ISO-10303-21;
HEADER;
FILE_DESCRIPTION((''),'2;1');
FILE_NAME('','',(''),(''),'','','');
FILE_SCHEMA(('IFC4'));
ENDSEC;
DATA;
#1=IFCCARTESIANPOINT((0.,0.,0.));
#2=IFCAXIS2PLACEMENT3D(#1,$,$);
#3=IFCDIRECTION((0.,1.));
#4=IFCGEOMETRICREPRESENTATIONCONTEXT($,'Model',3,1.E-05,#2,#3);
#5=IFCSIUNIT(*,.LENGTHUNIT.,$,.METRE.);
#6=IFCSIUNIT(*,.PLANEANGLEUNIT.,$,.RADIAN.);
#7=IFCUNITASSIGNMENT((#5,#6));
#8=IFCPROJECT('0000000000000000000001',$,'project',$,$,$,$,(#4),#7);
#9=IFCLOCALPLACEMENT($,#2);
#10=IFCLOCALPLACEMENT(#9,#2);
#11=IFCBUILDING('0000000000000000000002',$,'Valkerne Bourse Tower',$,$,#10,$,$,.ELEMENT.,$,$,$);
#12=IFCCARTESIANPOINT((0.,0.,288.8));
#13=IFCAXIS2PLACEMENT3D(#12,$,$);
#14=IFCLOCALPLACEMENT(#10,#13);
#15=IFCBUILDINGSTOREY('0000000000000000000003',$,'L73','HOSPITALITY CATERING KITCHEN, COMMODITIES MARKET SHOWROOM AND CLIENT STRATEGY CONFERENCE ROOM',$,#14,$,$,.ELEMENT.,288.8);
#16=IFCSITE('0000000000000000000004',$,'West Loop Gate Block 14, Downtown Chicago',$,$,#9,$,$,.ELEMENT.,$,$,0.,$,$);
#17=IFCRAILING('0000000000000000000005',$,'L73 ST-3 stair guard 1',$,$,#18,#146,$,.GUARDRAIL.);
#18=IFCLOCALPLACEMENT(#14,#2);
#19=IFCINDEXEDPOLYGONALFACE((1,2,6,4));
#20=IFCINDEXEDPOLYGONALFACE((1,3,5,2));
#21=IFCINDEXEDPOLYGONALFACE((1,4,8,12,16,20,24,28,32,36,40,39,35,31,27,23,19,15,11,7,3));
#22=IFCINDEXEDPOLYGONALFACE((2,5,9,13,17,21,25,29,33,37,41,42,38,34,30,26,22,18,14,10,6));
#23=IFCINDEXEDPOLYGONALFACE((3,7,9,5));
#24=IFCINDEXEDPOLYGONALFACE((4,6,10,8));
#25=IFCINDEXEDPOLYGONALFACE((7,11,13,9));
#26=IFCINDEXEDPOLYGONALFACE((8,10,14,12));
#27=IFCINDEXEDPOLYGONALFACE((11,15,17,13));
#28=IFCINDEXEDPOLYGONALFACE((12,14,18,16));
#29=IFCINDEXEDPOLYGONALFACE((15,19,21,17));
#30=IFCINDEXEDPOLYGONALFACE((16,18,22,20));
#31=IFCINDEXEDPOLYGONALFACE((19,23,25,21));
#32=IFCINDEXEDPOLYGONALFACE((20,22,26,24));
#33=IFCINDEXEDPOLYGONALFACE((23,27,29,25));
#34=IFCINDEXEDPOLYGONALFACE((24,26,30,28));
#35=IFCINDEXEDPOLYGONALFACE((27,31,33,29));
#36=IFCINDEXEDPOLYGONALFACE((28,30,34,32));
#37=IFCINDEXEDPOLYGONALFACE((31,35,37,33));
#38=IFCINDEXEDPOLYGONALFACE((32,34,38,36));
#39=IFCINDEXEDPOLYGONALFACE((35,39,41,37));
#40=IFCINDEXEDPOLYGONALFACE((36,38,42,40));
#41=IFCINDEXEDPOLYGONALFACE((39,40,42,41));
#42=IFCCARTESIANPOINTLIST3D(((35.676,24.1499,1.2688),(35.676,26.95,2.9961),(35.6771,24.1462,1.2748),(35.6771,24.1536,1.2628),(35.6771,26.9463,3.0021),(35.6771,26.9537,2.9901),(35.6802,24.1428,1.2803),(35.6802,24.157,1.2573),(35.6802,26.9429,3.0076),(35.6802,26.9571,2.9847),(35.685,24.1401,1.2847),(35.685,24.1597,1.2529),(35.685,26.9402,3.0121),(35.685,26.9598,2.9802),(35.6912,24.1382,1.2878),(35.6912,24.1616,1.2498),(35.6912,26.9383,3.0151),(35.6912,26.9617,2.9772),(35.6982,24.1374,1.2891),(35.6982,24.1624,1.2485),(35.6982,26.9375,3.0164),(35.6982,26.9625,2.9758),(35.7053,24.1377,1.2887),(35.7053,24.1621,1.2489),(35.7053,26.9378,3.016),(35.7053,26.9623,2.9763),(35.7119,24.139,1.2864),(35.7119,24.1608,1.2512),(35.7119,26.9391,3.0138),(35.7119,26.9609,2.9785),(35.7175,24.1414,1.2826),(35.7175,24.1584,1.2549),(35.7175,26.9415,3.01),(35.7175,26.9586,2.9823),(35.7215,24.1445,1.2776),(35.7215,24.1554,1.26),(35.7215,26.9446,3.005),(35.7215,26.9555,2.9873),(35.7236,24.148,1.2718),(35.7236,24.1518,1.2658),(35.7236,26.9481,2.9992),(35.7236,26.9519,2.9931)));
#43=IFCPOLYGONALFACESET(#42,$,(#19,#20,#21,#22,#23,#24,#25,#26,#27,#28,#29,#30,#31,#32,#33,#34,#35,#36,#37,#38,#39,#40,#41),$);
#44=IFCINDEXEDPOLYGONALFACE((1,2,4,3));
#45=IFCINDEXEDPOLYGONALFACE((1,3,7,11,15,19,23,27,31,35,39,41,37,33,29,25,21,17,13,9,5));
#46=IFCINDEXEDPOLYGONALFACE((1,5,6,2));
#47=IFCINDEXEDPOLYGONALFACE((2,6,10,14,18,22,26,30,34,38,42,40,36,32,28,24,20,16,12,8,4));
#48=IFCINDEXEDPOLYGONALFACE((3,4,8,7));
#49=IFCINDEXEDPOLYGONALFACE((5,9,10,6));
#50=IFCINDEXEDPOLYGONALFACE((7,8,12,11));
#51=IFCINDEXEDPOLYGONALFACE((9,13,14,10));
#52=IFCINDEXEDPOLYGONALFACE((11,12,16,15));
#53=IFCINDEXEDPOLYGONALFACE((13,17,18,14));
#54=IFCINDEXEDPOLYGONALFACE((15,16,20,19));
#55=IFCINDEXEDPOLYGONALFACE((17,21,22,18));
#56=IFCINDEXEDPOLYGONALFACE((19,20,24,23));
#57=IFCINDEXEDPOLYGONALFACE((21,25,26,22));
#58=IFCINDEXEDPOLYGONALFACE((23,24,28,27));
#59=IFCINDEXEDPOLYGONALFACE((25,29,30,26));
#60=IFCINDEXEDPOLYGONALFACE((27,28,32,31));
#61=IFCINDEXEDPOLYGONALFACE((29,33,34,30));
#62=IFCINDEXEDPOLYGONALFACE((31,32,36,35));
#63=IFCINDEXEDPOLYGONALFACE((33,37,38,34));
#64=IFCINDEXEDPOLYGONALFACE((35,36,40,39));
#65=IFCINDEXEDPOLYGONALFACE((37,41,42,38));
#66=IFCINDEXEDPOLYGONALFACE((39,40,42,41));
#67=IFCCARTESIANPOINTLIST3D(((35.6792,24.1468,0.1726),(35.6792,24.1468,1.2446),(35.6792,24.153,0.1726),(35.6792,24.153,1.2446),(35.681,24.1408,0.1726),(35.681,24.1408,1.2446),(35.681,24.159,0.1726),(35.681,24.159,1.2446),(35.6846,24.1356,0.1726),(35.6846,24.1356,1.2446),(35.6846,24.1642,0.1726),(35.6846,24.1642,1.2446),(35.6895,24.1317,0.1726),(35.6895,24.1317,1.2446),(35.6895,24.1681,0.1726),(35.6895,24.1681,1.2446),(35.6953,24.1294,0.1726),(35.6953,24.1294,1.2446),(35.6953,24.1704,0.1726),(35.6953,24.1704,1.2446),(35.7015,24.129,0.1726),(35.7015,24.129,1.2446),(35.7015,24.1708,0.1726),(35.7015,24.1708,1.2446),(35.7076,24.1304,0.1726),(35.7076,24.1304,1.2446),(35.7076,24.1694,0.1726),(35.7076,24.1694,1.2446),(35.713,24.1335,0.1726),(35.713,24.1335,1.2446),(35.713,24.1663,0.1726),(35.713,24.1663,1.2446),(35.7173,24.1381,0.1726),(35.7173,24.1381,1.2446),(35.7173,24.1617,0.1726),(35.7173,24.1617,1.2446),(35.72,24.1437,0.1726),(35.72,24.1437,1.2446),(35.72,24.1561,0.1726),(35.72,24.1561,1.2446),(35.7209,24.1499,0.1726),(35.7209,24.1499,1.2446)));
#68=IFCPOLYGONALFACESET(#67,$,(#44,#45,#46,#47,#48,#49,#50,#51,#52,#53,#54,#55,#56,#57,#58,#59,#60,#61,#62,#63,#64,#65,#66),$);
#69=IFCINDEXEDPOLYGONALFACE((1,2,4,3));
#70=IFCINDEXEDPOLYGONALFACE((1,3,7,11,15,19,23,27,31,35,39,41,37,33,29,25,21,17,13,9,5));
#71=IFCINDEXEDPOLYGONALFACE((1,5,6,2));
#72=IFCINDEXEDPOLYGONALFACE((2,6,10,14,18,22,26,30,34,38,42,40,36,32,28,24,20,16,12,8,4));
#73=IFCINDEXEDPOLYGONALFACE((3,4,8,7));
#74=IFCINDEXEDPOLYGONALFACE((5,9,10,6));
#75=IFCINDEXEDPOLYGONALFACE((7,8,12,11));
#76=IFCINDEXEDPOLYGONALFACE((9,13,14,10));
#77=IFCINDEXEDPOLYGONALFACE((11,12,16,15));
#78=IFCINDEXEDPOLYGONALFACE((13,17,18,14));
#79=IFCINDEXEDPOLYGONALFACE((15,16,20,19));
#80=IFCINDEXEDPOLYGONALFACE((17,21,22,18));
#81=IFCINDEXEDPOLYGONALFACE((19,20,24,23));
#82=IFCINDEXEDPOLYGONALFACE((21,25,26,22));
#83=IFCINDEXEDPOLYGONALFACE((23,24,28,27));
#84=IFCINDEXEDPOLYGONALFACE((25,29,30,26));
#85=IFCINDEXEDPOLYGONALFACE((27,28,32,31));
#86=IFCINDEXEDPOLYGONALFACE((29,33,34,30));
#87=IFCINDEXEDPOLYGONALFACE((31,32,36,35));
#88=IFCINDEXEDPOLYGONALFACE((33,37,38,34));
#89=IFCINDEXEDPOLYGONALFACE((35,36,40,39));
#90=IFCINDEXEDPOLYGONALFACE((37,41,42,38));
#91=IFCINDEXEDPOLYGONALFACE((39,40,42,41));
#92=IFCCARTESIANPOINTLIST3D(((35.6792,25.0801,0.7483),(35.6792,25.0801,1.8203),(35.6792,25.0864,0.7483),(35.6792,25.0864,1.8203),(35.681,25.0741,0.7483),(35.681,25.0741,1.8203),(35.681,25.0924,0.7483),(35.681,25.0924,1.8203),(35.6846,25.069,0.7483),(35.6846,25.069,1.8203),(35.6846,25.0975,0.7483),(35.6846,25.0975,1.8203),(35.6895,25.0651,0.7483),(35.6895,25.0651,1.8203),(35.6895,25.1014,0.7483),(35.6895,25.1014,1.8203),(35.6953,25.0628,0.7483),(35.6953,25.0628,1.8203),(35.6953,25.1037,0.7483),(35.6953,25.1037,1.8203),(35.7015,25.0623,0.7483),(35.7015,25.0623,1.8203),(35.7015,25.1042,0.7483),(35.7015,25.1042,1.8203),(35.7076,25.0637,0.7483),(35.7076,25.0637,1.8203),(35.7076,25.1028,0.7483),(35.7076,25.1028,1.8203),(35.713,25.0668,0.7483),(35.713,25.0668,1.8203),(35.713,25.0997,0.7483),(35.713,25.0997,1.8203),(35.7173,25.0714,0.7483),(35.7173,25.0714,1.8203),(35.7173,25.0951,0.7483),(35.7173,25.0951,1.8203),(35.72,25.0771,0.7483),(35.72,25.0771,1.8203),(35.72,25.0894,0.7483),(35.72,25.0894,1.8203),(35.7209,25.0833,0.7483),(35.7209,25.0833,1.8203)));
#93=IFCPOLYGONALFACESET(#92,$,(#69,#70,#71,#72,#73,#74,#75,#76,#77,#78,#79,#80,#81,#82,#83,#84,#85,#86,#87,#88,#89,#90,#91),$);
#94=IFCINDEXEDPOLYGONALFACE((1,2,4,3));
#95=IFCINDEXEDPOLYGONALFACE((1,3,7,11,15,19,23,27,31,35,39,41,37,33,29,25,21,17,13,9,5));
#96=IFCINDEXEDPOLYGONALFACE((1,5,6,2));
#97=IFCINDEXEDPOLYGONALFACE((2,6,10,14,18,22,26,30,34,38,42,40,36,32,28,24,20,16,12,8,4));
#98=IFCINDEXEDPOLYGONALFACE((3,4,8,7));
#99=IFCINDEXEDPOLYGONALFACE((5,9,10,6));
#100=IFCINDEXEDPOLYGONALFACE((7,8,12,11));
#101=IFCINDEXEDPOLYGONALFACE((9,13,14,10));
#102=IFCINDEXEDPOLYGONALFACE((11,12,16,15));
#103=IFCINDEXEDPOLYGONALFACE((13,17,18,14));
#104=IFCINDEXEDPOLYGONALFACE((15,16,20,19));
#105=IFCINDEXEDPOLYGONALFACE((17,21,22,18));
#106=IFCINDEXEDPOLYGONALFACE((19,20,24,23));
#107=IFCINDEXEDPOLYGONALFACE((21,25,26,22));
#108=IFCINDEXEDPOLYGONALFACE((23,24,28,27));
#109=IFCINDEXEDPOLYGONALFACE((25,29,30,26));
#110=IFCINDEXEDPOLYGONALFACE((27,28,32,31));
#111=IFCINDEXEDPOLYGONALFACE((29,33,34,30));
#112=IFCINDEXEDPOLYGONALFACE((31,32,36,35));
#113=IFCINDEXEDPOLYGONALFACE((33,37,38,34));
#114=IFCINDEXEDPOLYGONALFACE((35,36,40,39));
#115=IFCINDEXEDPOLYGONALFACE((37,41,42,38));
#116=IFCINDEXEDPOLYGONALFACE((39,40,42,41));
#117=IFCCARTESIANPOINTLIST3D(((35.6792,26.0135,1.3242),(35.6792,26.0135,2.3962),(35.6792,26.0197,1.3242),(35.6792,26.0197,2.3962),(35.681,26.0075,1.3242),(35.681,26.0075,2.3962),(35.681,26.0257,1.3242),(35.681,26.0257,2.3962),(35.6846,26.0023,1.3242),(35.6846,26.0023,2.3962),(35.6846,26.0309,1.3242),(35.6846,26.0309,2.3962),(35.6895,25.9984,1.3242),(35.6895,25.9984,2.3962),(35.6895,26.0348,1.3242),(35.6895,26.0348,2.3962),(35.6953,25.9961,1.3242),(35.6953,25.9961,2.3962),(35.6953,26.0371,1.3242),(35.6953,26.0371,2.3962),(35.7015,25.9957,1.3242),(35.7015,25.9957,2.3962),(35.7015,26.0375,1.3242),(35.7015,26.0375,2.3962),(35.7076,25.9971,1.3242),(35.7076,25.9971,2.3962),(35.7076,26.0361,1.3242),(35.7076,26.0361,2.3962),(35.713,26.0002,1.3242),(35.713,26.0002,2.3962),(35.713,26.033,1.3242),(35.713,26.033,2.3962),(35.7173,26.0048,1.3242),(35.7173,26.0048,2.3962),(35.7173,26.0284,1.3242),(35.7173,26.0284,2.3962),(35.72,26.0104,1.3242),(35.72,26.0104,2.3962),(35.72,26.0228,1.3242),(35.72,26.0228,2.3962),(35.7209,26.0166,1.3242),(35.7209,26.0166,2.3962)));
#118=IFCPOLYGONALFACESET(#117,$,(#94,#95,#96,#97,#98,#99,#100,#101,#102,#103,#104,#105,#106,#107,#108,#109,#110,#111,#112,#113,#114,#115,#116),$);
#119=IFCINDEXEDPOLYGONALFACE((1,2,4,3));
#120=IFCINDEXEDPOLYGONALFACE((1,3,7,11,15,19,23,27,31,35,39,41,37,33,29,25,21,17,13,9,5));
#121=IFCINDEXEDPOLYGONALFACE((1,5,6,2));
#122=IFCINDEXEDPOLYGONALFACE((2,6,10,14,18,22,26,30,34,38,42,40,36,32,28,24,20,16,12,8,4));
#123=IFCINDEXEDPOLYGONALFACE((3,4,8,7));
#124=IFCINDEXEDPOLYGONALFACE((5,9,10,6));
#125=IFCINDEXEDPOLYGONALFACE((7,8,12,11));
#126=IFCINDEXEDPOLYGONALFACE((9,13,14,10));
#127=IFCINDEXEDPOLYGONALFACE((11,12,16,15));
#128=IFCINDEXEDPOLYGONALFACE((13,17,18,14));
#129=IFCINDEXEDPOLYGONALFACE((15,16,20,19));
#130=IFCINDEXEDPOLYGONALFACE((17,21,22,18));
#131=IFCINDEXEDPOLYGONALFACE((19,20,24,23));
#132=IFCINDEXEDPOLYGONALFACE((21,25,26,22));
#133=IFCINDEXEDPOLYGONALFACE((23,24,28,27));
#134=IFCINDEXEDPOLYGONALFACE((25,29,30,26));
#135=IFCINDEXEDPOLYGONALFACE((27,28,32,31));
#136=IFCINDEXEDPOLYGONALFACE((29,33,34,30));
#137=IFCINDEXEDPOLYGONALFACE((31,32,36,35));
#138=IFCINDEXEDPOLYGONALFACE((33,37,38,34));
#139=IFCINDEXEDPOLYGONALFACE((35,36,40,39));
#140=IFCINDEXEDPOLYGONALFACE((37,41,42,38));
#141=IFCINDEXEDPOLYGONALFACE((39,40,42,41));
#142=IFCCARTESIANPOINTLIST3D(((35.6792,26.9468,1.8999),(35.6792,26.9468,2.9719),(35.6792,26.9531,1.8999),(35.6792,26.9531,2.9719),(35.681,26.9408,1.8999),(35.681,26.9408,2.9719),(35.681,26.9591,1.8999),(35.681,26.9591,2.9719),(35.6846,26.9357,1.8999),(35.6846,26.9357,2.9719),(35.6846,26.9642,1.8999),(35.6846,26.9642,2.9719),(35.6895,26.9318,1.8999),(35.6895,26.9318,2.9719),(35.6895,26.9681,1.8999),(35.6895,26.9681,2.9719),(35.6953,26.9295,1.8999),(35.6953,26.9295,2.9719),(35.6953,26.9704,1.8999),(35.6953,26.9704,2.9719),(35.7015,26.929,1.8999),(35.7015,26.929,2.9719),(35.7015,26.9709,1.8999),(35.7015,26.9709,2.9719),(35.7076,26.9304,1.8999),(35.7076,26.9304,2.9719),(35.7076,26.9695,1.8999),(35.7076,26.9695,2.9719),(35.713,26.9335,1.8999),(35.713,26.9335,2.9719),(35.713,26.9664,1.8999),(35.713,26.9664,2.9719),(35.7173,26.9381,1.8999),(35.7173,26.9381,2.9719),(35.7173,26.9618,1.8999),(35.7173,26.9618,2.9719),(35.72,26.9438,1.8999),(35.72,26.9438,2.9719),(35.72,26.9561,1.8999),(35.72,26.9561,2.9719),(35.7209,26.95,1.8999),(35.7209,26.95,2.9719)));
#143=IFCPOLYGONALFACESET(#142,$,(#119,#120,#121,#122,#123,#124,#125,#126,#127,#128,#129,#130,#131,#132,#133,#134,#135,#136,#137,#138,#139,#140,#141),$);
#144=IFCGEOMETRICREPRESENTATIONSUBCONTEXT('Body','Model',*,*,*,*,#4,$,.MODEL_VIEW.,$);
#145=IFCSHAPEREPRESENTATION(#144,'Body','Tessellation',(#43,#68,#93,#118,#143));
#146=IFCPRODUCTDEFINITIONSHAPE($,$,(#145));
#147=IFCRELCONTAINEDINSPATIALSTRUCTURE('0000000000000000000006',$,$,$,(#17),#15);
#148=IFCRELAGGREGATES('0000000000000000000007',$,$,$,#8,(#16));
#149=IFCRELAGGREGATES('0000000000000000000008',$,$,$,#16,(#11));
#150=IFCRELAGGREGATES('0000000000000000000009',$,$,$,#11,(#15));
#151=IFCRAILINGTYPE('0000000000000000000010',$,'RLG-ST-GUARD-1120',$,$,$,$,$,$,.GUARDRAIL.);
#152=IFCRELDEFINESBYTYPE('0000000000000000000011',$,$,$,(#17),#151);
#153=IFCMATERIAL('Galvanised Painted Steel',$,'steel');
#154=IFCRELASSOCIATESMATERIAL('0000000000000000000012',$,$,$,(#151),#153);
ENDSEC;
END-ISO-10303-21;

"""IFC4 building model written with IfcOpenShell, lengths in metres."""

from ifc_helpers import new_model, si_unit, direction, frame, origin, origin_2d, place, context, subcontext, project, spatial, circle, extrude, material, type_object, element, save


model = new_model("IFC4")

# Units and contexts
model_context = context("Model", 3, precision=1e-05, world=origin(), true_north=direction((0.0, 1.0)))
body_context = subcontext(model_context, "Body", "Model", "MODEL_VIEW")
ifc_project = project(units=[si_unit("LENGTHUNIT", "METRE"), si_unit("PLANEANGLEUNIT", "RADIAN")], contexts=[model_context])

# Site, building, storey
site_placement = place(None, origin())
site = spatial("IfcSite", under=ifc_project, at=site_placement, Name="West Loop Gate Block 14, Downtown Chicago", CompositionType="ELEMENT", RefElevation=0.0)
building_placement = place(site_placement, origin())
building = spatial("IfcBuilding", under=site, at=building_placement, Name="Valkerne Bourse Tower", CompositionType="ELEMENT")
storey_placement = place(building_placement, frame((0.0, 0.0, 288.8)))
storey = spatial("IfcBuildingStorey", under=building, at=storey_placement, Name="L73", Description="HOSPITALITY CATERING KITCHEN, COMMODITIES MARKET SHOWROOM AND CLIENT STRATEGY CONFERENCE ROOM", CompositionType="ELEMENT", Elevation=288.8)

# Shared definitions
ifc_material_1 = material(Name="Galvanised Painted Steel", Category="steel")

# Railing
railing_type_1 = type_object("IfcRailingType", Name="RLG-ST-GUARD-1120", PredefinedType="GUARDRAIL", material=ifc_material_1)
railing_1_placement = place(storey_placement, frame((35.7, 24.1499, 0.1726)))
element("IfcRailing", 1, at=railing_1_placement, inside=storey, type_object=railing_type_1, Name="L73 ST-3 stair guard 1", PredefinedType="GUARDRAIL", context=body_context, shape_type="SweptSolid", body=[
    extrude(circle(Radius=0.0239, at=origin_2d()), frame((0.0, 0.0, 1.0962), z_axis=(0.0, 0.85109, 0.52502), x_axis=(-1.0, 0.0, 0.0)), (0.0, 0.0, 1.0), 3.29),
    extrude(circle(Radius=0.021, at=origin_2d()), origin(), (0.0, 0.0, 1.0), 1.072),
    extrude(circle(Radius=0.021, at=origin_2d()), frame((0.0, 0.9333, 0.5757)), (0.0, 0.0, 1.0), 1.072),
    extrude(circle(Radius=0.021, at=origin_2d()), frame((0.0, 1.8667, 1.1516)), (0.0, 0.0, 1.0), 1.072),
    extrude(circle(Radius=0.021, at=origin_2d()), frame((0.0, 2.8, 1.7273)), (0.0, 0.0, 1.0), 1.072),
])

save(model, "model.ifc")
